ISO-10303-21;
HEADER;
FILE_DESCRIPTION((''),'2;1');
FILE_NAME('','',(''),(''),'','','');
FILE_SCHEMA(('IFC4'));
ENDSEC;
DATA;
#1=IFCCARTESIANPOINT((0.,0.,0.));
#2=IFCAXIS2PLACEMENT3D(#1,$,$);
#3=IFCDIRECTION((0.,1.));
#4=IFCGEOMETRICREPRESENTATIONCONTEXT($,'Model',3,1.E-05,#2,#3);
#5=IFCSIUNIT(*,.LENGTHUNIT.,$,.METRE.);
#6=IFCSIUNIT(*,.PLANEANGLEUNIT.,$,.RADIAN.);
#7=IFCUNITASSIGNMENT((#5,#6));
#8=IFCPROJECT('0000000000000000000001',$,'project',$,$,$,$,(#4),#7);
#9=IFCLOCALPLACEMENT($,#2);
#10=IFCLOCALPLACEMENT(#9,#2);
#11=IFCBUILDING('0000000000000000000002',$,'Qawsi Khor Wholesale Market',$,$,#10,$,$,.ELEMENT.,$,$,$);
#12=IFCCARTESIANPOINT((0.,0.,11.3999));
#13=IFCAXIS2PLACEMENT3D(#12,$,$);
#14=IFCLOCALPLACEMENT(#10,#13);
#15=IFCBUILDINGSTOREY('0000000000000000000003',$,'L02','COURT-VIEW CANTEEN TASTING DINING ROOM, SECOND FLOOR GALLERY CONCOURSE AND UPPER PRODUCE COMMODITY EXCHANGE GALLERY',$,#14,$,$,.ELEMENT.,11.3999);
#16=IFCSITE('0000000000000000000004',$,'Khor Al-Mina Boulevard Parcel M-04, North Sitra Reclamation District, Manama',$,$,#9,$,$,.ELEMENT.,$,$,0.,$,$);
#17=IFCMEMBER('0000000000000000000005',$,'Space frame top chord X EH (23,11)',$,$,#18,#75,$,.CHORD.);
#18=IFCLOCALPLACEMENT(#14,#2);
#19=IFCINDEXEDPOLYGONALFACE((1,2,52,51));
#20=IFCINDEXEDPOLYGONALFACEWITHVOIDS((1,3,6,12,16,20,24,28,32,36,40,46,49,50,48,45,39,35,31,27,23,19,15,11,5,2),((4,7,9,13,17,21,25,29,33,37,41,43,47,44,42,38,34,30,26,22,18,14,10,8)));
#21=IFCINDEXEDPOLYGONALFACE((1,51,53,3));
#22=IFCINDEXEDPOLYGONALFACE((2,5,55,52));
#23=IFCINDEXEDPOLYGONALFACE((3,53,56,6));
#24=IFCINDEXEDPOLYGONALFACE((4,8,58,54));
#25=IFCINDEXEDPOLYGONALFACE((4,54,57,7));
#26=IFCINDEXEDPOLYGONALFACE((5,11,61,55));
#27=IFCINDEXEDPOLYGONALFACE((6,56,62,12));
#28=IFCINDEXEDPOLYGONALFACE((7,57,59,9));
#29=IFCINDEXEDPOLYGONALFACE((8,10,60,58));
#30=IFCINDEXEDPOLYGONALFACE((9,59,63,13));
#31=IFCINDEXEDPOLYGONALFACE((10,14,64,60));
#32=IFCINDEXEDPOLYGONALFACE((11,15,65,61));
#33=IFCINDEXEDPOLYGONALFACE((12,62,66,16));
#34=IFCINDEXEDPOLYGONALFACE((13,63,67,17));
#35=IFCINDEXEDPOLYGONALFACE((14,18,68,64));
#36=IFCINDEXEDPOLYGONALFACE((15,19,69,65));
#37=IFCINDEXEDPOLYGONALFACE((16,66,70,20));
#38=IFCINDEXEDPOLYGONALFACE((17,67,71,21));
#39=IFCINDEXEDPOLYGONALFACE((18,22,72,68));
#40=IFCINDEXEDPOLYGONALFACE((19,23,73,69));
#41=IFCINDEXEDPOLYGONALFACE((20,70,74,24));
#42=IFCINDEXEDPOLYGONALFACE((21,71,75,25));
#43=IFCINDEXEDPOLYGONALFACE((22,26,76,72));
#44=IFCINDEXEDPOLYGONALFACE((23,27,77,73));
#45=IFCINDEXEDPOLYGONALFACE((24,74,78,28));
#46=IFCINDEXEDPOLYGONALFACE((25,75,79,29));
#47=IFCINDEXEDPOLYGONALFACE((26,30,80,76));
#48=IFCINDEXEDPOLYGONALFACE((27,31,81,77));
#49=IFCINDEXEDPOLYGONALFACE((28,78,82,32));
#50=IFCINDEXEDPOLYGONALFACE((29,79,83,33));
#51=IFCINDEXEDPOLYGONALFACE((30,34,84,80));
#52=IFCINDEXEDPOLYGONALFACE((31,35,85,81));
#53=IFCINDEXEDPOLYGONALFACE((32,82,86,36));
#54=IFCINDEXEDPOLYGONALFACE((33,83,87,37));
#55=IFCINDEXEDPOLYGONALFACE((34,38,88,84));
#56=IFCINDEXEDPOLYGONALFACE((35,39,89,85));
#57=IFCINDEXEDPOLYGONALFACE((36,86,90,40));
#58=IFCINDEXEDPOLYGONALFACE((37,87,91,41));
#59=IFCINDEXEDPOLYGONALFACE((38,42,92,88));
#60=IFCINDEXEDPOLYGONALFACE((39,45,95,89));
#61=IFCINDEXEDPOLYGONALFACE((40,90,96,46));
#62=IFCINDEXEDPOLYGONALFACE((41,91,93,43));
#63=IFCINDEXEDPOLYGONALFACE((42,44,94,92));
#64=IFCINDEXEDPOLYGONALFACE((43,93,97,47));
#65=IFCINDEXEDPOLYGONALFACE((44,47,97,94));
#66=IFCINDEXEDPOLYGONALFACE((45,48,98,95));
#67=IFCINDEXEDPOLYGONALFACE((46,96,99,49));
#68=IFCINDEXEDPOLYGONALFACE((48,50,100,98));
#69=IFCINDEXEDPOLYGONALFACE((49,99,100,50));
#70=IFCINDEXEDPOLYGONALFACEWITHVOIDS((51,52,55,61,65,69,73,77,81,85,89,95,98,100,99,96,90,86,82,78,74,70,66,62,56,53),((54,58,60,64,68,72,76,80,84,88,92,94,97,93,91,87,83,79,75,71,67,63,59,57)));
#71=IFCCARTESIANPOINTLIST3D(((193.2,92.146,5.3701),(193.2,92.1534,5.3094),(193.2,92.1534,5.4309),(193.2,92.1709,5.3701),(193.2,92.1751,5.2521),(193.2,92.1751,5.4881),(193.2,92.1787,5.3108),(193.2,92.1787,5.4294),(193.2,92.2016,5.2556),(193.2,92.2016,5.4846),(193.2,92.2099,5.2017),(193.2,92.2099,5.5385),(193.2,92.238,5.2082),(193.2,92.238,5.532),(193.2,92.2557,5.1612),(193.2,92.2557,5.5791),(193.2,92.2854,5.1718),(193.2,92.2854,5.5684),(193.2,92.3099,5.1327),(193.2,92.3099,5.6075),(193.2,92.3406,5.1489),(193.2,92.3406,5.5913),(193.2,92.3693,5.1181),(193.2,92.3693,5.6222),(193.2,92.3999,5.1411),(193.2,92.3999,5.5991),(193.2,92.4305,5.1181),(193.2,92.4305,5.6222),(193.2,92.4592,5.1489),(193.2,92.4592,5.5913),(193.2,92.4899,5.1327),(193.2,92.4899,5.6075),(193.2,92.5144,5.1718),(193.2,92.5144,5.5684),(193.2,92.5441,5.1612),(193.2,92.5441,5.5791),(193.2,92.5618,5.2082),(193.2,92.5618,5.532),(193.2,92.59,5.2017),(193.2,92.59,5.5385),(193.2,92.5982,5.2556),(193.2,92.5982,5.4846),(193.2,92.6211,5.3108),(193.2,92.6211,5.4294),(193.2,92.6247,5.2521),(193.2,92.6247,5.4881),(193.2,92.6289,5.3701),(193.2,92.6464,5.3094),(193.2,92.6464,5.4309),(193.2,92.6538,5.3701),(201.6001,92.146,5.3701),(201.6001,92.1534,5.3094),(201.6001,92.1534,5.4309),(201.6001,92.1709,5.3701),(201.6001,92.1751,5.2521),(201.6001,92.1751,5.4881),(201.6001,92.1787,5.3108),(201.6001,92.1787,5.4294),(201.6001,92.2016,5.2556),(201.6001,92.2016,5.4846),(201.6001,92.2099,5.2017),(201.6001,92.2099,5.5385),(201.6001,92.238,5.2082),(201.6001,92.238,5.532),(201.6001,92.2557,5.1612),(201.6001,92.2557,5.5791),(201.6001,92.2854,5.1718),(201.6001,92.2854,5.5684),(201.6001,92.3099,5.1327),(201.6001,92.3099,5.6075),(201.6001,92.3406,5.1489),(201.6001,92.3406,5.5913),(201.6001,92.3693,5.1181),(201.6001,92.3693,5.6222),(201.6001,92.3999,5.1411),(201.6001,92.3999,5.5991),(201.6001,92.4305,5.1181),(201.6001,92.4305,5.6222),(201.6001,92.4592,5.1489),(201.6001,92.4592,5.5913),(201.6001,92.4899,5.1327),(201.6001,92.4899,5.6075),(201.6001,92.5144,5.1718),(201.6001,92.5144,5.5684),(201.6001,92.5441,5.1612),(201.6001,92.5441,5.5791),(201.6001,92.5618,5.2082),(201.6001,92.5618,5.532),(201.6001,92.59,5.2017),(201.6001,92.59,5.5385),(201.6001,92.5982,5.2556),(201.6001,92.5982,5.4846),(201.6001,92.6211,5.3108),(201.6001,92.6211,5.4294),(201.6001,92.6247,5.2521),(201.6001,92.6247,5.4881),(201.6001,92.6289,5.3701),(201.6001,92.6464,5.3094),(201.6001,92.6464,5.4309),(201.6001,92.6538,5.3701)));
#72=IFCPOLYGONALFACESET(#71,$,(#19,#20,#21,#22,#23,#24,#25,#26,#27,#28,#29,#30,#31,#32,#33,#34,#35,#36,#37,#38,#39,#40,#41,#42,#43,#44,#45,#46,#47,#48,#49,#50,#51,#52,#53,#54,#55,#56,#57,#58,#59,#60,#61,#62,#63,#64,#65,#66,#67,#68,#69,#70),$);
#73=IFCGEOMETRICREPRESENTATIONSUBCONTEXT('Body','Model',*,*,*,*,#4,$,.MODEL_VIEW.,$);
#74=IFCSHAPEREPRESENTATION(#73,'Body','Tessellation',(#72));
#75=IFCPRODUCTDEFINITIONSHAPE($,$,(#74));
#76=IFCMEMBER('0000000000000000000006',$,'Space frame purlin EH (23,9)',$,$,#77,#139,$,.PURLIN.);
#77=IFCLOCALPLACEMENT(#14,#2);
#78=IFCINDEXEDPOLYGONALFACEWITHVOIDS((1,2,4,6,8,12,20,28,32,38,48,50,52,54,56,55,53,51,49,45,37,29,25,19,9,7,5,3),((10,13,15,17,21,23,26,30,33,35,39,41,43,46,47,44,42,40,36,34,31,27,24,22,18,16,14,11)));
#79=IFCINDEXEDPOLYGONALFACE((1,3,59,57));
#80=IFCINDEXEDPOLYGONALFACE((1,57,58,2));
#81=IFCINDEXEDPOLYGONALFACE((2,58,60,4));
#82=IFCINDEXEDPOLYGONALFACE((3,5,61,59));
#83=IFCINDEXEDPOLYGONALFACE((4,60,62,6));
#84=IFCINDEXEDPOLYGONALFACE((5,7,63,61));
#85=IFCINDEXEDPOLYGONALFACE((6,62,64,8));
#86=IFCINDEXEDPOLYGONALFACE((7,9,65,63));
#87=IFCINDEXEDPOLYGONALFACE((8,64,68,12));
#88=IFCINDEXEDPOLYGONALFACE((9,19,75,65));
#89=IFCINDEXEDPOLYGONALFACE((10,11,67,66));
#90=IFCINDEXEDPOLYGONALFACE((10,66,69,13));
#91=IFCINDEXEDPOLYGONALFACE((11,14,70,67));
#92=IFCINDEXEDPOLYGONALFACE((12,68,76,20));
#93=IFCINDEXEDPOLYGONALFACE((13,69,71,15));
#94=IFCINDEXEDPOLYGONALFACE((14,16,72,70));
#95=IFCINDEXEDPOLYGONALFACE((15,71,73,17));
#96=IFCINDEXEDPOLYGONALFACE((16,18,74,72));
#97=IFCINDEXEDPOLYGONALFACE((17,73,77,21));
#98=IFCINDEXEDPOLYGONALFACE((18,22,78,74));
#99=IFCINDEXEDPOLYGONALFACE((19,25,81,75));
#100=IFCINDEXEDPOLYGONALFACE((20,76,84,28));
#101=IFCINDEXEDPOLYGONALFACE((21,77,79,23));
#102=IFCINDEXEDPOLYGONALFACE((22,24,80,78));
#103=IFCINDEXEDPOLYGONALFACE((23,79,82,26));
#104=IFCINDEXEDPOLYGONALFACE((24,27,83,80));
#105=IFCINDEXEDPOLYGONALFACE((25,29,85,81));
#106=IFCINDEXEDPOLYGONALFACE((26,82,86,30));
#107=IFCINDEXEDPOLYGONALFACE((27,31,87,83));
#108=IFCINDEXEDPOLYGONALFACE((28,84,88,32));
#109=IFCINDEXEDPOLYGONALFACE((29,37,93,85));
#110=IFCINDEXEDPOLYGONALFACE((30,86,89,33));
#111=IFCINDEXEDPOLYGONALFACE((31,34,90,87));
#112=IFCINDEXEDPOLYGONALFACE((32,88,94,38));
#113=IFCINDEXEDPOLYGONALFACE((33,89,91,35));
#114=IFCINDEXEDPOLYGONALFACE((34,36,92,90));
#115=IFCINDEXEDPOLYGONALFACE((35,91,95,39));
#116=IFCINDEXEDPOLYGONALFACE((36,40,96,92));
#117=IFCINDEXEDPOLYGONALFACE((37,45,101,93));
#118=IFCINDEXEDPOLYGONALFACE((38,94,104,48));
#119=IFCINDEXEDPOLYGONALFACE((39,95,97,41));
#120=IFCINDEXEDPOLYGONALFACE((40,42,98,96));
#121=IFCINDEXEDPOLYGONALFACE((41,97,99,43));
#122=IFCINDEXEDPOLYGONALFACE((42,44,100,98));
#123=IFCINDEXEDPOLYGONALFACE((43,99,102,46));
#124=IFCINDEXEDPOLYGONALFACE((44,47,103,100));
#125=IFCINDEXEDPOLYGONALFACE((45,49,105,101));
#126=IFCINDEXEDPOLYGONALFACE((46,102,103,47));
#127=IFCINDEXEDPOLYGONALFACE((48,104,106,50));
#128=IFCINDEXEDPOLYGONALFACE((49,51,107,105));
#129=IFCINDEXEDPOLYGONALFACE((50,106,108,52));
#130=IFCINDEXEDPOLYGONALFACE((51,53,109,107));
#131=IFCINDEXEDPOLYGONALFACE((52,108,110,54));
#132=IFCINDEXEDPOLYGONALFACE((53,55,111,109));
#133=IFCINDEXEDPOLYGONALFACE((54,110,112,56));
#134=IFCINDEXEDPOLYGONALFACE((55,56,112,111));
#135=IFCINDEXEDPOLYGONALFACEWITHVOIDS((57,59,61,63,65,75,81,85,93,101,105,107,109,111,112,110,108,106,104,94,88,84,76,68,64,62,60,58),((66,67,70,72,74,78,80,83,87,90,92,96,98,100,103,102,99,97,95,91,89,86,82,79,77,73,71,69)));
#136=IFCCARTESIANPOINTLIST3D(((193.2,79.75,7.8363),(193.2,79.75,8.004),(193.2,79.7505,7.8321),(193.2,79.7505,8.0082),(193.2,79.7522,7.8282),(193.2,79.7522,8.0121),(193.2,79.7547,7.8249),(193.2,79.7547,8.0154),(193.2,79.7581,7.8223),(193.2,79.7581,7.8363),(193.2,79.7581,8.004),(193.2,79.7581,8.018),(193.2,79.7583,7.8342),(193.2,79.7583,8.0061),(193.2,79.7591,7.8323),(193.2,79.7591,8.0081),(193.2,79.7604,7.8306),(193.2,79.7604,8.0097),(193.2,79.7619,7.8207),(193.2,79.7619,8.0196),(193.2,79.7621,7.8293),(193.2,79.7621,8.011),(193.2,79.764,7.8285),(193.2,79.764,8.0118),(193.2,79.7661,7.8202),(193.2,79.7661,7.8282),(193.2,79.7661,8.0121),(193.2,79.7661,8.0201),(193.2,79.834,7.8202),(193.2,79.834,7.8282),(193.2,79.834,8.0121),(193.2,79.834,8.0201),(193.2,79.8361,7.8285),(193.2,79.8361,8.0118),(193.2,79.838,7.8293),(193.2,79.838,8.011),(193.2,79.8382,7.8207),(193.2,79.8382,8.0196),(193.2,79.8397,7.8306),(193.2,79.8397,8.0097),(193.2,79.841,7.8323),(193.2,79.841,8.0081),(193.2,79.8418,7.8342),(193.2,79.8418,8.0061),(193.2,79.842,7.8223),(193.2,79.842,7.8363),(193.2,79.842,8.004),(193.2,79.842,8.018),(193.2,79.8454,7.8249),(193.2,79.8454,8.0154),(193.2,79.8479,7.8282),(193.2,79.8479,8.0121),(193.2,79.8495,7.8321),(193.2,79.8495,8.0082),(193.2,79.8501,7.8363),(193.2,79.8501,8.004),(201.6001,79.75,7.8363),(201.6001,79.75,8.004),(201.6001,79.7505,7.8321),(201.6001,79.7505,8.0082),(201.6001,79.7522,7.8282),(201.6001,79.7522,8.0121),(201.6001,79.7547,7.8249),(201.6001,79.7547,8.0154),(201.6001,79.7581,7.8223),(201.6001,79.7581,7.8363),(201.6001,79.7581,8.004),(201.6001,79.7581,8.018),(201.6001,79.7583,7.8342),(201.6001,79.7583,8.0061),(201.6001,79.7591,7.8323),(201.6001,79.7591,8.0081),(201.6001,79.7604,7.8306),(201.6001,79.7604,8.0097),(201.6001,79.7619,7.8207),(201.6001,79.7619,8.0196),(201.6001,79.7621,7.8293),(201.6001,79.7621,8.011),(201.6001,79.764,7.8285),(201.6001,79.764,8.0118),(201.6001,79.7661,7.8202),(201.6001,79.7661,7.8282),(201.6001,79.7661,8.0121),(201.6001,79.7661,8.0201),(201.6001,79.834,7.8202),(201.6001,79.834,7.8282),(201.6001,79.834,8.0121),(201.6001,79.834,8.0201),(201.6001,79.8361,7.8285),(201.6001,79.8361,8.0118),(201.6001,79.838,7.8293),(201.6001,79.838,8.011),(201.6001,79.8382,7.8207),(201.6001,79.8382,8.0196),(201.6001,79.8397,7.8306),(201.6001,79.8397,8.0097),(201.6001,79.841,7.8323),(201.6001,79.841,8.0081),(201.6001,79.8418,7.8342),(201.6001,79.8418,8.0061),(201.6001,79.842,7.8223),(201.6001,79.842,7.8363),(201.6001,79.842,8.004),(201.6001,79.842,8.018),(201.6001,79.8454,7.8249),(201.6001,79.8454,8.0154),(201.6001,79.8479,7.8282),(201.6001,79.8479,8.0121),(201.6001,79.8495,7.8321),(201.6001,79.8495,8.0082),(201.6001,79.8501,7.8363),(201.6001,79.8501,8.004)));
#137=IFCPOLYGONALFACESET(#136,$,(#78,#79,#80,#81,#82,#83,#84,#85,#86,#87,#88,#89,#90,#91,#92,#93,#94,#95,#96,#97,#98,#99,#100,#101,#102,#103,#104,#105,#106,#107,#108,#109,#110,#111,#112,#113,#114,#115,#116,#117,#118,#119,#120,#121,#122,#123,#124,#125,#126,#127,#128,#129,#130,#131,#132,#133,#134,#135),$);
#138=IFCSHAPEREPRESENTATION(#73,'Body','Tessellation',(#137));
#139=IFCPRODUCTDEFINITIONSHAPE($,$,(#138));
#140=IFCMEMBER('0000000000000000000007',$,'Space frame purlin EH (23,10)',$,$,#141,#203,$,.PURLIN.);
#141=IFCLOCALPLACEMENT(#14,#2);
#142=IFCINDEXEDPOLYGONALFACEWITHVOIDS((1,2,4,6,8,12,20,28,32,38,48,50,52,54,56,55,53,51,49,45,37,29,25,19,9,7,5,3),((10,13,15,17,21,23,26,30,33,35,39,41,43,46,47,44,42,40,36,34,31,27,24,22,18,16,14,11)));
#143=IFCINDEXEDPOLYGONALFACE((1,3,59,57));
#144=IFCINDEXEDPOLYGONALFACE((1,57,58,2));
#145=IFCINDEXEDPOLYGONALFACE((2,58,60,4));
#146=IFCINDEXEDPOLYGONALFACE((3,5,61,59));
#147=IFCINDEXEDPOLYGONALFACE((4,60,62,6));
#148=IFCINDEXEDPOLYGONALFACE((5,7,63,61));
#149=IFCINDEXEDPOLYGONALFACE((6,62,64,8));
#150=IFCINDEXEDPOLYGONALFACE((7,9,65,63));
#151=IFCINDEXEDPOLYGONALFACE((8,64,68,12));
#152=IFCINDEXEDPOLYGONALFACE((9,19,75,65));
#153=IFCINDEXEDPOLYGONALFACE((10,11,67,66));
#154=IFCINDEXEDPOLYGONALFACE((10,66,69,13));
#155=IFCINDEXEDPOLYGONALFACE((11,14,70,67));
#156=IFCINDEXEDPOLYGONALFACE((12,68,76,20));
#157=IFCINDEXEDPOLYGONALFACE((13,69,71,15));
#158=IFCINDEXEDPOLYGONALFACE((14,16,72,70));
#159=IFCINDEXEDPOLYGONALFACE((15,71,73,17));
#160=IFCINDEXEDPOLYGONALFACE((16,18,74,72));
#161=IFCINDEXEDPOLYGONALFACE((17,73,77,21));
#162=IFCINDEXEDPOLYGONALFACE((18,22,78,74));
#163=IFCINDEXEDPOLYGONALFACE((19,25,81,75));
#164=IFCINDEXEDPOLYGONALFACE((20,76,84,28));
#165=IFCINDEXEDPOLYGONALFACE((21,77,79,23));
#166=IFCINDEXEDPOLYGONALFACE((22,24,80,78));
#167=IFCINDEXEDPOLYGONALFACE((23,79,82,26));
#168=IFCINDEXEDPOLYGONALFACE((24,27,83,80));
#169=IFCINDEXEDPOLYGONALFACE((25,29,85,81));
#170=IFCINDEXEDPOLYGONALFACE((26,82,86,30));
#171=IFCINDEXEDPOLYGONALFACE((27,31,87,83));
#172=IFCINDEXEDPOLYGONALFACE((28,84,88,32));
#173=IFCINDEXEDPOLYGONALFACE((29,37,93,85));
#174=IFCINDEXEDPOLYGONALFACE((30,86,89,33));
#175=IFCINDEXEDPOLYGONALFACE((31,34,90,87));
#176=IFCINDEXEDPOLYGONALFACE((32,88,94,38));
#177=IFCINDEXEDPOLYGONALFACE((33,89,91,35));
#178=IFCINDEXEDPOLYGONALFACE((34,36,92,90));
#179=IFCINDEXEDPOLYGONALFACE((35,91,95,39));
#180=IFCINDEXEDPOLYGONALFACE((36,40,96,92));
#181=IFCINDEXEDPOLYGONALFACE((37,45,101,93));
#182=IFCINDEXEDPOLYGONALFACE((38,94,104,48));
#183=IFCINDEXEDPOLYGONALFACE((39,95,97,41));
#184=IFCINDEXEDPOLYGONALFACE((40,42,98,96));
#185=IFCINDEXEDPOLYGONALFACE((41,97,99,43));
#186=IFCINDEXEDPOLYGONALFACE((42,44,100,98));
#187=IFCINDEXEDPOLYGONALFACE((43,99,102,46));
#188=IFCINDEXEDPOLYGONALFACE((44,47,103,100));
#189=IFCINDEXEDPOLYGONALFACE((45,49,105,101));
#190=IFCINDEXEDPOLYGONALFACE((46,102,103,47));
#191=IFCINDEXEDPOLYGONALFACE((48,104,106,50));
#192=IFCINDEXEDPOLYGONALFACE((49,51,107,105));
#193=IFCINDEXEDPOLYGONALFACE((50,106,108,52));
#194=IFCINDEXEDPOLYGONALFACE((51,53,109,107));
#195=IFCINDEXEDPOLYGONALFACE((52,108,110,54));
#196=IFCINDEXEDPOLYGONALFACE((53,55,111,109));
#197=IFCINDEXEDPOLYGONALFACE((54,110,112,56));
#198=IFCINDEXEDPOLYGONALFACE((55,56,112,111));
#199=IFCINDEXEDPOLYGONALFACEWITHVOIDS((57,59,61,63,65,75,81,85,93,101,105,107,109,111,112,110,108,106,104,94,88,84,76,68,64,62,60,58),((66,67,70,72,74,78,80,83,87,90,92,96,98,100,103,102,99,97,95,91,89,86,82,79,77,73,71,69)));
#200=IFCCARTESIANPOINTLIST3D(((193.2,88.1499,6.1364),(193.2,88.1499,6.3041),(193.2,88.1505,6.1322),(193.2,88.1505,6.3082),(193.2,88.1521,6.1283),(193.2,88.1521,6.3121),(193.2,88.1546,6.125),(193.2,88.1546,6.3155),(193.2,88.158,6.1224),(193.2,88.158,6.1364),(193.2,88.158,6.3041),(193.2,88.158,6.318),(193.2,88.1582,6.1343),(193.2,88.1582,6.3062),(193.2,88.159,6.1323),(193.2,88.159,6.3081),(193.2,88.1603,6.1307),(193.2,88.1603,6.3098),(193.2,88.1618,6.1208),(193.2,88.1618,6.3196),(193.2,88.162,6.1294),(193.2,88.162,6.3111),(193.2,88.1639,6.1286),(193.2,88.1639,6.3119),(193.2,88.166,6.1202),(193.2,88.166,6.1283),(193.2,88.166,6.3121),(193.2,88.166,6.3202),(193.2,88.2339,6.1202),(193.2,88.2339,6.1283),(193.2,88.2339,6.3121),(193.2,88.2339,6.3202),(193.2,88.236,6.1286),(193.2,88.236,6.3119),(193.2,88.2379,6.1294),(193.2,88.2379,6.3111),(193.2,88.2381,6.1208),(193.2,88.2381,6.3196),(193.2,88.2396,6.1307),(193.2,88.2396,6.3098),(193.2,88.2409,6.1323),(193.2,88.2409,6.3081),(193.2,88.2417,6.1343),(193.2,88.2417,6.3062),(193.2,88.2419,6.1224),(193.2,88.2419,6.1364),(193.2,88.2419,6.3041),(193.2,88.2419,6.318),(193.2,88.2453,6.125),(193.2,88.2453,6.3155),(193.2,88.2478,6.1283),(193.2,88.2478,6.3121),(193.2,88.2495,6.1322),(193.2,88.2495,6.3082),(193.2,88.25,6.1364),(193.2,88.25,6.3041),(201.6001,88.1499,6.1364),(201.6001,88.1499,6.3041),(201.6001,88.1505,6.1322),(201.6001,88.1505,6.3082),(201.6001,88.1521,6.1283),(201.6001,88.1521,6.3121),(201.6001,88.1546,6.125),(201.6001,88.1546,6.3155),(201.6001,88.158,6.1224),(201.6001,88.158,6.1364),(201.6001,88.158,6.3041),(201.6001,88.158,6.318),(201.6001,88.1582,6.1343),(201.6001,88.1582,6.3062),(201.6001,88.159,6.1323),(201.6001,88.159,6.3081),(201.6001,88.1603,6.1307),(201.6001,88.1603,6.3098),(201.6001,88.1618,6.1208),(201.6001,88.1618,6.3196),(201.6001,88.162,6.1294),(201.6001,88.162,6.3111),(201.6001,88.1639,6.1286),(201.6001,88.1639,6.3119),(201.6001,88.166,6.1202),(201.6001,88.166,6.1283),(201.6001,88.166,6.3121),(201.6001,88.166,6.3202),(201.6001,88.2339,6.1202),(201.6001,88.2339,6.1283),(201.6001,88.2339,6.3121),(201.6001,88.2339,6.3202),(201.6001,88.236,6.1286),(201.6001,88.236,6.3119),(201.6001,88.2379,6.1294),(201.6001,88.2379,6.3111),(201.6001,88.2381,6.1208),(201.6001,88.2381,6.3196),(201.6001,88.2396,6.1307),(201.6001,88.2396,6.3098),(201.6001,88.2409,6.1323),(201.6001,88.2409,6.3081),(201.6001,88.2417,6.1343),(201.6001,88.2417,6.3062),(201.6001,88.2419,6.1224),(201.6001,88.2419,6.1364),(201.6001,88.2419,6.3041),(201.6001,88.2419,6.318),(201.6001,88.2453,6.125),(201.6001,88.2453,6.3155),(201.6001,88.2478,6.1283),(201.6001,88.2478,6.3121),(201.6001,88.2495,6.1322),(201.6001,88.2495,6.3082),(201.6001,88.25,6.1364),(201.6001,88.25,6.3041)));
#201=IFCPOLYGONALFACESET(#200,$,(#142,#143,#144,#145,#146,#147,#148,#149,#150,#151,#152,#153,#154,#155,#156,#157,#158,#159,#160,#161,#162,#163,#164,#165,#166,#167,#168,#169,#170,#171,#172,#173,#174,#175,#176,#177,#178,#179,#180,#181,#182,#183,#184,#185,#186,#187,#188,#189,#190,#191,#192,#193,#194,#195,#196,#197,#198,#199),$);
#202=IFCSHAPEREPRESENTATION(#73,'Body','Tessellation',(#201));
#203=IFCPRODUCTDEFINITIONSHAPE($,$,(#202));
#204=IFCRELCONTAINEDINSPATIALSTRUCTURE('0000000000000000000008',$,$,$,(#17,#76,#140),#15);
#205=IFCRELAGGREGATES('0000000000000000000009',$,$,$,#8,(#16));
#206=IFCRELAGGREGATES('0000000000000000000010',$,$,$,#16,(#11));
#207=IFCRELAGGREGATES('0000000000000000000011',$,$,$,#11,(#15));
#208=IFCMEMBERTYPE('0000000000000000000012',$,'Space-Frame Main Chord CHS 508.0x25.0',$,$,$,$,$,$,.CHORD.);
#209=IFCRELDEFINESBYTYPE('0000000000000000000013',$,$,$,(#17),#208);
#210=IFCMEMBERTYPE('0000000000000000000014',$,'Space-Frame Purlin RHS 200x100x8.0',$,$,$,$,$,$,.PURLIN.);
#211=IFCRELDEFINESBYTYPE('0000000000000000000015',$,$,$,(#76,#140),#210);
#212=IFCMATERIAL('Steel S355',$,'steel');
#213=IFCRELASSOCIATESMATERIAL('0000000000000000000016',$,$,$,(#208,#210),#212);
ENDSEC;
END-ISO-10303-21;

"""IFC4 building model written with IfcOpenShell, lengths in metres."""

from ifc_helpers import new_model, si_unit, direction, frame, origin, origin_2d, place, context, subcontext, project, spatial, hollow_rectangle, hollow_circle, extrude, material, material_profile, profile_set, type_object, element, save


model = new_model("IFC4")

# Units and contexts
model_context = context("Model", 3, precision=1e-05, world=origin(), true_north=direction((0.0, 1.0)))
body_context = subcontext(model_context, "Body", "Model", "MODEL_VIEW")
ifc_project = project(units=[si_unit("LENGTHUNIT", "METRE"), si_unit("PLANEANGLEUNIT", "RADIAN")], contexts=[model_context])

# Site, building, storey
site_placement = place(None, origin())
site = spatial("IfcSite", under=ifc_project, at=site_placement, Name="Khor Al-Mina Boulevard Parcel M-04, North Sitra Reclamation District, Manama", CompositionType="ELEMENT", RefElevation=0.0)
building_placement = place(site_placement, origin())
building = spatial("IfcBuilding", under=site, at=building_placement, Name="Qawsi Khor Wholesale Market", CompositionType="ELEMENT")
storey_placement = place(building_placement, frame((0.0, 0.0, 11.3999)))
storey = spatial("IfcBuildingStorey", under=building, at=storey_placement, Name="L02", Description="COURT-VIEW CANTEEN TASTING DINING ROOM, SECOND FLOOR GALLERY CONCOURSE AND UPPER PRODUCE COMMODITY EXCHANGE GALLERY", CompositionType="ELEMENT", Elevation=11.3999)

# Members
ifc_material_1 = material(Name="Steel S355", Category="steel")
ifc_material_profile_1 = material_profile(ifc_material_1, hollow_circle(Radius=0.2539, WallThickness=0.0249, at=origin_2d()), Name="CHS 508.0x25.0")
ifc_profile_set_1 = profile_set([ifc_material_profile_1], Name="Steel S355")
member_type_1 = type_object("IfcMemberType", Name="Space-Frame Main Chord CHS 508.0x25.0", PredefinedType="CHORD", material=ifc_profile_set_1)
member_1_placement = place(storey_placement, frame((193.2, 92.3999, 5.3701), z_axis=(1.0, 0.0, 0.0), x_axis=(0.0, 1.0, 0.0)))
element("IfcMember", 1, at=member_1_placement, inside=storey, type_object=member_type_1, Name="Space frame top chord X EH (23,11)", PredefinedType="CHORD", context=body_context, shape_type="SweptSolid", body=[
    extrude(hollow_circle(Radius=0.2539, WallThickness=0.0249, at=origin_2d()), origin(), (0.0, 0.0, 1.0), 8.4001),
])
ifc_material_profile_2 = material_profile(ifc_material_1, hollow_rectangle(XDim=0.1001, YDim=0.2, WallThickness=0.0081, InnerFilletRadius=0.0081, OuterFilletRadius=0.0161, at=origin_2d()), Name="RHS 200x100x8.0")
ifc_profile_set_2 = profile_set([ifc_material_profile_2], Name="Steel S355")
member_type_2 = type_object("IfcMemberType", Name="Space-Frame Purlin RHS 200x100x8.0", PredefinedType="PURLIN", material=ifc_profile_set_2)
for number, where, z_axis, x_axis, name in (
    (2, (193.2, 79.8, 7.9202), (1.0, 0.0, 0.0), (0.0, 1.0, 0.0), "Space frame purlin EH (23,9)"),
    (3, (193.2, 88.2, 6.2202), (1.0, 0.0, 0.0), (0.0, 1.0, 0.0), "Space frame purlin EH (23,10)"),
):
    element("IfcMember", number, at=place(storey_placement, frame(where, z_axis=z_axis, x_axis=x_axis)), inside=storey, type_object=member_type_2, Name=name, PredefinedType="PURLIN", context=body_context, shape_type="SweptSolid", body=[
        extrude(hollow_rectangle(XDim=0.1001, YDim=0.2, WallThickness=0.0081, InnerFilletRadius=0.0081, OuterFilletRadius=0.0161, at=origin_2d()), origin(), (0.0, 0.0, 1.0), 8.4001),
    ])

save(model, "model.ifc")
